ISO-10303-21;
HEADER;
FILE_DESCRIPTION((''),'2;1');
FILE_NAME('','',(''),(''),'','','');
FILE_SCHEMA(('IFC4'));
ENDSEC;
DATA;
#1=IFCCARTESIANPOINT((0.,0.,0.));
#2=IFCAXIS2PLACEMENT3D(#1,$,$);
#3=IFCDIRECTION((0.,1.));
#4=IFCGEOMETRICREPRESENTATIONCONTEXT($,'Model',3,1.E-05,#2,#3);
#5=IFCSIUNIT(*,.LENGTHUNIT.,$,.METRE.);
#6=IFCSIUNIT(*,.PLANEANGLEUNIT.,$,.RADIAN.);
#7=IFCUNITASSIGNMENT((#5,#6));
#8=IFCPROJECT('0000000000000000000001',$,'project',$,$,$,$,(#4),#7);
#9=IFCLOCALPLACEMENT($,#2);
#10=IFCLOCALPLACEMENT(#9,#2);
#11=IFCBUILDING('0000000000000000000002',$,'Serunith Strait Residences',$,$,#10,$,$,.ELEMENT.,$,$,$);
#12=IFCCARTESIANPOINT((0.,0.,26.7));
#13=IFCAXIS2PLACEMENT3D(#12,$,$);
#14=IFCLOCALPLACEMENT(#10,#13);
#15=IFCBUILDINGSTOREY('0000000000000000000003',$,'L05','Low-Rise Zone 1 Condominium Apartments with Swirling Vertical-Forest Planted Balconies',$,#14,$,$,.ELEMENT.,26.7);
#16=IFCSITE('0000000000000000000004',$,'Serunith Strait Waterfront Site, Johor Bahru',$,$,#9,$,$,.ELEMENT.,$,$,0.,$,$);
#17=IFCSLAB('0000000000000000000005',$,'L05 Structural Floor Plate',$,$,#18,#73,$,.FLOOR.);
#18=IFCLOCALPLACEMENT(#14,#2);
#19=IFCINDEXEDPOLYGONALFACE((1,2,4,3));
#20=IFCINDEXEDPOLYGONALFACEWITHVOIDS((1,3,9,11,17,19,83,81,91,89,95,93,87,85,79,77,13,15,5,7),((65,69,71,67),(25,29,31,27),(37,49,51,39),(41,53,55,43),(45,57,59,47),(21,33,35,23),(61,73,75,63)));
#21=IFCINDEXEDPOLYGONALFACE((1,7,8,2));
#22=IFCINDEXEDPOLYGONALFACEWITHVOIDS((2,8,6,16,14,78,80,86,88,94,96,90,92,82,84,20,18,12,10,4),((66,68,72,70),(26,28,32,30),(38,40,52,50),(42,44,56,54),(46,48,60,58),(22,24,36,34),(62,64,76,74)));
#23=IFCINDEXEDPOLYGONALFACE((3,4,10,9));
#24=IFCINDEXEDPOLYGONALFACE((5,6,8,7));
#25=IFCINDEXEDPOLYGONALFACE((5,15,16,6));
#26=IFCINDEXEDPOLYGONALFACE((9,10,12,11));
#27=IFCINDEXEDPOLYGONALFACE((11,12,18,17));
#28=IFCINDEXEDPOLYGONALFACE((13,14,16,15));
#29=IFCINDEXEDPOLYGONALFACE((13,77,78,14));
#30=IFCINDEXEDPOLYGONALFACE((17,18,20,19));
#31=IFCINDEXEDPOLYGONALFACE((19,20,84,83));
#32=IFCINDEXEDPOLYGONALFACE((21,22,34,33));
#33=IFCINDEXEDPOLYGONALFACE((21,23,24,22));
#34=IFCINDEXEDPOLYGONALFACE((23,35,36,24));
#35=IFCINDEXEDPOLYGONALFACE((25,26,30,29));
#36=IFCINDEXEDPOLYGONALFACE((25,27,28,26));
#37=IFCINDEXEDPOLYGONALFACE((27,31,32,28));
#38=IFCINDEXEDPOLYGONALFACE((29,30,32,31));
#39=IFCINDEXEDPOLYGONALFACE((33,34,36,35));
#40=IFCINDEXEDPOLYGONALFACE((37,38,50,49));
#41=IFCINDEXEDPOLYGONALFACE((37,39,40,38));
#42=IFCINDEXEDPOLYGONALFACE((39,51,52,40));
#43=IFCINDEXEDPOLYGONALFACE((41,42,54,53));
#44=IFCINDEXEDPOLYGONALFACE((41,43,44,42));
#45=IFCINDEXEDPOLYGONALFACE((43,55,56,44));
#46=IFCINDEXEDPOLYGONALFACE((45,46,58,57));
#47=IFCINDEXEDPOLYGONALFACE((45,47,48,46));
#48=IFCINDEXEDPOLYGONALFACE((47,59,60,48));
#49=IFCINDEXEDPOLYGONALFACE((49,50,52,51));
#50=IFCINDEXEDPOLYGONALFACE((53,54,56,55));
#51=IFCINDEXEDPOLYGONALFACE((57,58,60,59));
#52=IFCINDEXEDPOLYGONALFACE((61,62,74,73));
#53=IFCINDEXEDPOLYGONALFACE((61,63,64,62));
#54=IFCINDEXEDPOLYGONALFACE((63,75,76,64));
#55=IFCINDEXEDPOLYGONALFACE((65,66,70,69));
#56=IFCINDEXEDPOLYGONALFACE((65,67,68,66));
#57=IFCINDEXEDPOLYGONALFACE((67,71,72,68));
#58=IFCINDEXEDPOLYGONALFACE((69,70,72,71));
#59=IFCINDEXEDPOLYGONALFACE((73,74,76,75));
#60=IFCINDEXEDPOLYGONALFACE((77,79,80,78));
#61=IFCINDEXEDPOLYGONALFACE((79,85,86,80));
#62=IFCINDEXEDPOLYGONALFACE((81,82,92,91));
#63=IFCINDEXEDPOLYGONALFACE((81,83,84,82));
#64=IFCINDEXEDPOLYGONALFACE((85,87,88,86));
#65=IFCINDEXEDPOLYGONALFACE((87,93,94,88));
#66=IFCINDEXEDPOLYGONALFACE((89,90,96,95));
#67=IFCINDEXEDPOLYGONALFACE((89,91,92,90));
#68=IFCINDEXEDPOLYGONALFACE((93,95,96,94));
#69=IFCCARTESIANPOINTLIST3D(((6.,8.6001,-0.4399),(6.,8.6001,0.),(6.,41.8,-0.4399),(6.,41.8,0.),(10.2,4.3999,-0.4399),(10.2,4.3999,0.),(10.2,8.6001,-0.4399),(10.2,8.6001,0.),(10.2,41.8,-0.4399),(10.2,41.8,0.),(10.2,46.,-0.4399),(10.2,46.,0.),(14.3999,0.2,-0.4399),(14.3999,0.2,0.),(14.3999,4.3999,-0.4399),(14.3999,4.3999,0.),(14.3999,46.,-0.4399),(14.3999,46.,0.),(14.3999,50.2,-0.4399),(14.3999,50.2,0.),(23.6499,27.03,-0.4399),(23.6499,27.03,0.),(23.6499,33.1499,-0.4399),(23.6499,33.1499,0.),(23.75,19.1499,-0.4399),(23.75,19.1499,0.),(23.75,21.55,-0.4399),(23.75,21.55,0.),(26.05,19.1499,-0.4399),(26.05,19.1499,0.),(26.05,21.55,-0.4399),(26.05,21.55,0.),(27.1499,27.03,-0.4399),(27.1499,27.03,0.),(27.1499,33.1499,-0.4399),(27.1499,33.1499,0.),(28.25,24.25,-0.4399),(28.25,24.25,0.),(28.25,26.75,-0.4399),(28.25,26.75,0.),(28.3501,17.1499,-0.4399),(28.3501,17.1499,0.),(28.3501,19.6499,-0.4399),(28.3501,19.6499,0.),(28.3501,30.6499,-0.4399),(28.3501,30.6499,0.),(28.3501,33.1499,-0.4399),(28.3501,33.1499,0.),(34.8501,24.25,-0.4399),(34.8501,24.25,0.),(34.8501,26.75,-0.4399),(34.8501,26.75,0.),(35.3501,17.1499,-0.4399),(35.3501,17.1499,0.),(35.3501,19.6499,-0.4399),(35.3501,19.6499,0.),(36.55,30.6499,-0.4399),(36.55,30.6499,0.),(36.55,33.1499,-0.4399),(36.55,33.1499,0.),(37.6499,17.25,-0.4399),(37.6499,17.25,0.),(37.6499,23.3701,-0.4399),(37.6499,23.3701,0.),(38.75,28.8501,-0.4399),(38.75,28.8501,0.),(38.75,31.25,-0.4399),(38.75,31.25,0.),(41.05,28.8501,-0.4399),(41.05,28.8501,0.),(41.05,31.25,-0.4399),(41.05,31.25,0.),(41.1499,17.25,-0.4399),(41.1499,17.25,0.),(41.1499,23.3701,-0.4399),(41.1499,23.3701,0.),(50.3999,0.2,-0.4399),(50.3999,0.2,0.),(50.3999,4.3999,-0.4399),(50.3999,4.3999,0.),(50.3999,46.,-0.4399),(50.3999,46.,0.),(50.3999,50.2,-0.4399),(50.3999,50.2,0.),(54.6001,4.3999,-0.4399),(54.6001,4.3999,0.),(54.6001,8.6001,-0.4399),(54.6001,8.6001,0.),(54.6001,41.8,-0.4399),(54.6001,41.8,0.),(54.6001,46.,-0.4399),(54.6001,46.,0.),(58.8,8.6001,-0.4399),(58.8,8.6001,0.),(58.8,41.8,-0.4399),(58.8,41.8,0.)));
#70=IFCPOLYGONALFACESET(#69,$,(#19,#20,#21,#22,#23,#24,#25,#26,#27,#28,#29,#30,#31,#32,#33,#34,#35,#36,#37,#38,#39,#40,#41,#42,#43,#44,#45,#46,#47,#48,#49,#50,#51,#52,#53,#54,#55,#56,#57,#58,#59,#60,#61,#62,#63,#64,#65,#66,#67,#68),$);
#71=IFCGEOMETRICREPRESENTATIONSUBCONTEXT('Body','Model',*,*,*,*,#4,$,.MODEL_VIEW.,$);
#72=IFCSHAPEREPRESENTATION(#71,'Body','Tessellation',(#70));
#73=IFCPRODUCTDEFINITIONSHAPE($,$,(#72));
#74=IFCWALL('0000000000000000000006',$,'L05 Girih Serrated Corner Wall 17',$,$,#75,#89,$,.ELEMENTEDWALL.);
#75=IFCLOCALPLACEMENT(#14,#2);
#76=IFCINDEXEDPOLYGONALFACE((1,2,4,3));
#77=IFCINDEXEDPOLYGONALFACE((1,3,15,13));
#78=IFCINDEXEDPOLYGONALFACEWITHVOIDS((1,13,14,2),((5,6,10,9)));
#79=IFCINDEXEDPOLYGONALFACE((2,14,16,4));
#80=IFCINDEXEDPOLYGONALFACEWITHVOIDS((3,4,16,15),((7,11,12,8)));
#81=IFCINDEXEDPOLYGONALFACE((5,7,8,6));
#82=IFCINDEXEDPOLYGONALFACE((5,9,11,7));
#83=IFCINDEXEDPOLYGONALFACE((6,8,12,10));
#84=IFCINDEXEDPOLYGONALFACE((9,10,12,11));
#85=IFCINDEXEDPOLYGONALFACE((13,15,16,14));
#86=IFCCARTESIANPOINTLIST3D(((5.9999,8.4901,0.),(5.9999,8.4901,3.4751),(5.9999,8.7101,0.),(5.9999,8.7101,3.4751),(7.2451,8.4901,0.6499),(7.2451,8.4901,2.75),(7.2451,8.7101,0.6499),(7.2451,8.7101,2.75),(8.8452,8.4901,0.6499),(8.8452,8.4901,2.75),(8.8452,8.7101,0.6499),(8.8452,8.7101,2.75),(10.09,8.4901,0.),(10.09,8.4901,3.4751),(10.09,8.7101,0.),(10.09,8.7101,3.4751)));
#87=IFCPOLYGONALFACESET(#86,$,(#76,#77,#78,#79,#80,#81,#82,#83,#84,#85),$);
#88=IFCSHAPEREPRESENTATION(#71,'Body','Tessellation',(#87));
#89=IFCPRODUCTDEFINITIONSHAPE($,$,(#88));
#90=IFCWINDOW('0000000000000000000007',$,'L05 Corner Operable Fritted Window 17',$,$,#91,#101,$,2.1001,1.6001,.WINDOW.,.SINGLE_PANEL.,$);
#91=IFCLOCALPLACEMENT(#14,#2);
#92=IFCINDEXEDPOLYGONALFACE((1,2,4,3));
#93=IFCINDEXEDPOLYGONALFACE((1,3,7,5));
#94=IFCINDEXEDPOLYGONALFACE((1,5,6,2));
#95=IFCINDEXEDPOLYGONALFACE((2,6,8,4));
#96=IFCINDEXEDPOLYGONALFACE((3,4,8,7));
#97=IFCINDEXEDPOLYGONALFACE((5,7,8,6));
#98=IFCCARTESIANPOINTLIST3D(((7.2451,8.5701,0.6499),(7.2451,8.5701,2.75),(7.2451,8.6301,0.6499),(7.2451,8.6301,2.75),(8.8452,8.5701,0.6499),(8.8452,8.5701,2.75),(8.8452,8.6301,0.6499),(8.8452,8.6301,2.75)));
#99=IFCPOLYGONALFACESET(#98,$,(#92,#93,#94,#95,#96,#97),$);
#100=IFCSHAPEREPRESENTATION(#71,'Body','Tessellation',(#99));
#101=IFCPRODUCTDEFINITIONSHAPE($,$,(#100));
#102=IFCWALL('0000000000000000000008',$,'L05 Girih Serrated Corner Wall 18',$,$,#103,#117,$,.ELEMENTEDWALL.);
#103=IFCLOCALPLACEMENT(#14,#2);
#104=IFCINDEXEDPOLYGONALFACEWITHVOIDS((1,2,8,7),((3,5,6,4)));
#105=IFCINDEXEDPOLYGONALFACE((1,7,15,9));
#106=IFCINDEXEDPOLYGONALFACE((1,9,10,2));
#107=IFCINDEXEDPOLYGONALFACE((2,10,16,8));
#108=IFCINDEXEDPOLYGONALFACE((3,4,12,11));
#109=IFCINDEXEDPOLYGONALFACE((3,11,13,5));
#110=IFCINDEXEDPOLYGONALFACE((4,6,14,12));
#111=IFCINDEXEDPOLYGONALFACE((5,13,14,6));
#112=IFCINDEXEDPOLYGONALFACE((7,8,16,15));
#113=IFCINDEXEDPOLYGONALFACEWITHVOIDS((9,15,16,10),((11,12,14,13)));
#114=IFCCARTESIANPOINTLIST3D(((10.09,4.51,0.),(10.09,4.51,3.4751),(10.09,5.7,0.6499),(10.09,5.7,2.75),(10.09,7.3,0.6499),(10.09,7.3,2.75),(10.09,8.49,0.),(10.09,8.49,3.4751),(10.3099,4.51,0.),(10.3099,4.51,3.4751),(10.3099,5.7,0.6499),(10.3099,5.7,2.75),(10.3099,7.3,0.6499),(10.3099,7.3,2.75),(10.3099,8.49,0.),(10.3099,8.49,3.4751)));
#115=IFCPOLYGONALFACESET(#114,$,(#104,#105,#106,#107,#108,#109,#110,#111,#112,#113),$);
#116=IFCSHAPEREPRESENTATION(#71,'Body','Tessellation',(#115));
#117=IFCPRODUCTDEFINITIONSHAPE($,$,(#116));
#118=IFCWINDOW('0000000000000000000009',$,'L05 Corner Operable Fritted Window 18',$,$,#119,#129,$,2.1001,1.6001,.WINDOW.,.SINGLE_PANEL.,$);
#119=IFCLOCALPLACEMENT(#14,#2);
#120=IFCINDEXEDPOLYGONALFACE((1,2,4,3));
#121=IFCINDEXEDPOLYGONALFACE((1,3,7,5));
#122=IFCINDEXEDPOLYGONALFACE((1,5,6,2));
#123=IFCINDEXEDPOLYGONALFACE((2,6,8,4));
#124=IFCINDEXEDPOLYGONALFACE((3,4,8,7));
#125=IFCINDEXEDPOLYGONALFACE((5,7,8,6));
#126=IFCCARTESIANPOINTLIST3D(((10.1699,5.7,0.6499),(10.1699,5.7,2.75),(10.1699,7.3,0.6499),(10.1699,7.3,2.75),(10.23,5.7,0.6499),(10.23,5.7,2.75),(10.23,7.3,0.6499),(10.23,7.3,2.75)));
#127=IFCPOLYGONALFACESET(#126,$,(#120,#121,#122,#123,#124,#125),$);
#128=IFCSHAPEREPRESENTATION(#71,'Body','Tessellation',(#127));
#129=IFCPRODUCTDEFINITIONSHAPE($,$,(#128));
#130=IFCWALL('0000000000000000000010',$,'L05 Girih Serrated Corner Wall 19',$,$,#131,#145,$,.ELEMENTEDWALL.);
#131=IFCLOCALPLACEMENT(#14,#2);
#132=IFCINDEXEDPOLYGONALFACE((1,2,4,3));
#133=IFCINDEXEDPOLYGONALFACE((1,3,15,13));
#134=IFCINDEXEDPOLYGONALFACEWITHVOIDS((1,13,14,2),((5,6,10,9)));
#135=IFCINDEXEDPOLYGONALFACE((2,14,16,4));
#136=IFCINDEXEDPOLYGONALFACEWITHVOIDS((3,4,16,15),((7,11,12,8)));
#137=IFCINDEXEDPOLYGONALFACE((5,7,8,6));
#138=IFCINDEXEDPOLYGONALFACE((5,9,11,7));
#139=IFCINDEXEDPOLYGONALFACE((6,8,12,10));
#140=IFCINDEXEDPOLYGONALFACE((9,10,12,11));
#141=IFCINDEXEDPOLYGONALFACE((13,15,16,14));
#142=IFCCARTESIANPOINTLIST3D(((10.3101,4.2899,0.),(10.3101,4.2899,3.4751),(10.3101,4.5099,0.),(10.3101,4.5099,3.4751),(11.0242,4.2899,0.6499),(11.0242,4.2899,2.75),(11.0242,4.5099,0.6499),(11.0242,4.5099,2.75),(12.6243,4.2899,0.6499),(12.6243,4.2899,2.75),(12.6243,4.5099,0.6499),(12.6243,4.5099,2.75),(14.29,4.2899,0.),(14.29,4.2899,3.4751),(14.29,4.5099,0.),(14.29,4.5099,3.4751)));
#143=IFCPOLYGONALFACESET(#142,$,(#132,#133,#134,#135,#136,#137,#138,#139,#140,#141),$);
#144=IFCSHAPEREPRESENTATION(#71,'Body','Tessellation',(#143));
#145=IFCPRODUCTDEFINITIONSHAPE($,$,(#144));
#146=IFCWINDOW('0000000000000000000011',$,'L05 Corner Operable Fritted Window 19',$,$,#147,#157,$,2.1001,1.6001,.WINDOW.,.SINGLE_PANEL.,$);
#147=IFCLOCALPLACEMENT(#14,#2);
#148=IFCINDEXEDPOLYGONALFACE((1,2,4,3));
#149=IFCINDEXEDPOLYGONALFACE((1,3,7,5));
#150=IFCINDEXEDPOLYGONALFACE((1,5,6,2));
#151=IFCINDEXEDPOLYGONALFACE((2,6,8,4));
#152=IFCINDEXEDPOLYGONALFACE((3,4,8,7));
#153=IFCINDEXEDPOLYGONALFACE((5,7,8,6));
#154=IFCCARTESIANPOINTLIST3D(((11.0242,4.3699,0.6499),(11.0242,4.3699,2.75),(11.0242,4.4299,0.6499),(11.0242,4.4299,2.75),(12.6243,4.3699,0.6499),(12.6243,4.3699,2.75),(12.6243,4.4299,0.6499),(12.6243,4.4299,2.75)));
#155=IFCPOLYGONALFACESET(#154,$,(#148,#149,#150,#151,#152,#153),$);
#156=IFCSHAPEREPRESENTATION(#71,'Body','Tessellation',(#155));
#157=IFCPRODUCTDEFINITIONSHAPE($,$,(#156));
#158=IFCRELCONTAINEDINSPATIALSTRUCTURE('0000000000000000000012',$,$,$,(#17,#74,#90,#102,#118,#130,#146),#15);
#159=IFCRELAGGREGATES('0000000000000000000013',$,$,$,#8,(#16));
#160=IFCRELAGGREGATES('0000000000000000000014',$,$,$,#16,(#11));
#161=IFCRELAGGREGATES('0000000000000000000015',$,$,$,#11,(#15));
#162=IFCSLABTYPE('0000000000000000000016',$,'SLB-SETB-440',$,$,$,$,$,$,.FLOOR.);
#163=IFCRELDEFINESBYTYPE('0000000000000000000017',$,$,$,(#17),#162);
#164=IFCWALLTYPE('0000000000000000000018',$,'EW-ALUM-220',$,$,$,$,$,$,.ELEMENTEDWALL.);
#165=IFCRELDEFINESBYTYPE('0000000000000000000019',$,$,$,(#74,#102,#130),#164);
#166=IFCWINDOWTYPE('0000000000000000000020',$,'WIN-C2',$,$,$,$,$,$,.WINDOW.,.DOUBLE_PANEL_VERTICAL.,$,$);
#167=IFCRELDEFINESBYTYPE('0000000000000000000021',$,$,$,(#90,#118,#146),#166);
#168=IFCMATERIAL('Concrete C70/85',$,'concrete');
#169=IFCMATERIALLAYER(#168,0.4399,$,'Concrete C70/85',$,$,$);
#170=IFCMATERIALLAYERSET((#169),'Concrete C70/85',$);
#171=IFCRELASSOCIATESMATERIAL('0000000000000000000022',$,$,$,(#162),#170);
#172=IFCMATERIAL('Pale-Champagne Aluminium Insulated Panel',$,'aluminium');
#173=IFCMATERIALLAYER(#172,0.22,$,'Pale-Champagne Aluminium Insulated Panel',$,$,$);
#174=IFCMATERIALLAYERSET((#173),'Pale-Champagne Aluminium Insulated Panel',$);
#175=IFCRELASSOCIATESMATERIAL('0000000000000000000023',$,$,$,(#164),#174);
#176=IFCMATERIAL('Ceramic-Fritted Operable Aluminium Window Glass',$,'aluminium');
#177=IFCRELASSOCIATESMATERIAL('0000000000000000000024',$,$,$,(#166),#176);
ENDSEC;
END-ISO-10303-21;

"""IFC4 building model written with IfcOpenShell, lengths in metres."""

from ifc_helpers import new_model, si_unit, direction, frame, frame_2d, origin, place, context, subcontext, project, spatial, polyline, rectangle, outline, extrude, source, transform, mapped, material, layer, layer_set, type_object, element, fill, save


model = new_model("IFC4")

# Units and contexts
model_context = context("Model", 3, precision=1e-05, world=origin(), true_north=direction((0.0, 1.0)))
body_context = subcontext(model_context, "Body", "Model", "MODEL_VIEW")
ifc_project = project(units=[si_unit("LENGTHUNIT", "METRE"), si_unit("PLANEANGLEUNIT", "RADIAN")], contexts=[model_context])

# Site, building, storey
site_placement = place(None, origin())
site = spatial("IfcSite", under=ifc_project, at=site_placement, Name="Serunith Strait Waterfront Site, Johor Bahru", CompositionType="ELEMENT", RefElevation=0.0)
building_placement = place(site_placement, origin())
building = spatial("IfcBuilding", under=site, at=building_placement, Name="Serunith Strait Residences", CompositionType="ELEMENT")
storey_placement = place(building_placement, frame((0.0, 0.0, 26.7)))
storey = spatial("IfcBuildingStorey", under=building, at=storey_placement, Name="L05", Description="Low-Rise Zone 1 Condominium Apartments with Swirling Vertical-Forest Planted Balconies", CompositionType="ELEMENT", Elevation=26.7)

# Slab
ifc_material_1 = material(Name="Concrete C70/85", Category="concrete")
ifc_layer_1 = layer(ifc_material_1, 0.4399, Name="Concrete C70/85")
ifc_layer_set_1 = layer_set([ifc_layer_1], Name="Concrete C70/85")
slab_type_1 = type_object("IfcSlabType", Name="SLB-SETB-440", PredefinedType="FLOOR", material=ifc_layer_set_1)
slab_1_placement = place(storey_placement, frame((0.0, 0.0, -0.4399)))
element("IfcSlab", 1, at=slab_1_placement, inside=storey, type_object=slab_type_1, Name="L05 Structural Floor Plate", PredefinedType="FLOOR", context=body_context, shape_type="SweptSolid", body=[
    extrude(outline(polyline([(14.3999, 4.3999), (10.2, 4.3999), (10.2, 8.6001), (6.0, 8.6001), (6.0, 41.8), (10.2, 41.8), (10.2, 46.0), (14.3999, 46.0), (14.3999, 50.2), (50.3999, 50.2), (50.3999, 46.0), (54.6001, 46.0), (54.6001, 41.8), (58.8, 41.8), (58.8, 8.6001), (54.6001, 8.6001), (54.6001, 4.3999), (50.3999, 4.3999), (50.3999, 0.2), (14.3999, 0.2), (14.3999, 4.3999)]), holes=[polyline([(41.1499, 17.25), (41.1499, 23.3701), (37.6499, 23.3701), (37.6499, 17.25), (41.1499, 17.25)]), polyline([(41.05, 31.25), (38.75, 31.25), (38.75, 28.8501), (41.05, 28.8501), (41.05, 31.25)]), polyline([(36.55, 33.1499), (28.3501, 33.1499), (28.3501, 30.6499), (36.55, 30.6499), (36.55, 33.1499)]), polyline([(28.3501, 19.6499), (28.3501, 17.1499), (35.3501, 17.1499), (35.3501, 19.6499), (28.3501, 19.6499)]), polyline([(34.8501, 26.75), (28.25, 26.75), (28.25, 24.25), (34.8501, 24.25), (34.8501, 26.75)]), polyline([(23.6499, 33.1499), (23.6499, 27.03), (27.1499, 27.03), (27.1499, 33.1499), (23.6499, 33.1499)]), polyline([(26.05, 21.55), (23.75, 21.55), (23.75, 19.1499), (26.05, 19.1499), (26.05, 21.55)])]), origin(), (0.0, 0.0, 1.0), 0.4399),
])

# Walls, openings, windows
ifc_material_2 = material(Name="Pale-Champagne Aluminium Insulated Panel", Category="aluminium")
ifc_layer_2 = layer(ifc_material_2, 0.22, Name="Pale-Champagne Aluminium Insulated Panel")
ifc_layer_set_2 = layer_set([ifc_layer_2], Name="Pale-Champagne Aluminium Insulated Panel")
wall_type_1 = type_object("IfcWallType", Name="EW-ALUM-220", PredefinedType="ELEMENTEDWALL", material=ifc_layer_set_2)
wall_1_placement = place(storey_placement, frame((6.0, 8.6001, 0.0), z_axis=(0.0, 0.0, 1.0), x_axis=(1.0, 0.0, 0.0)))
wall_1 = element("IfcWall", 2, at=wall_1_placement, inside=storey, type_object=wall_type_1, Name="L05 Girih Serrated Corner Wall 17", PredefinedType="ELEMENTEDWALL", context=body_context, shape_type="SweptSolid", body=[
    extrude(rectangle(XDim=4.0901, YDim=0.22, at=frame_2d((2.0449, 0.0))), origin(), (0.0, 0.0, 1.0), 3.4751),
])
opening_1_placement = place(wall_1_placement, frame((1.2451, 0.0, 0.6499)))
opening_1 = element("IfcOpeningElement", 3, at=opening_1_placement, cuts=wall_1, PredefinedType="OPENING", context=body_context, shape_type="SweptSolid", body=[
    extrude(rectangle(XDim=1.6001, YDim=2.1001, at=frame_2d((0.8, 1.05))), frame((0.0, 0.1201, 0.0), z_axis=(0.0, -1.0, 0.0), x_axis=(1.0, 0.0, 0.0)), (0.0, 0.0, 1.0), 0.24),
])
ifc_material_3 = material(Name="Ceramic-Fritted Operable Aluminium Window Glass", Category="aluminium")
window_type = type_object("IfcWindowType", Name="WIN-C2", PartitioningType="DOUBLE_PANEL_VERTICAL", PredefinedType="WINDOW", material=ifc_material_3)
shared_shape_1 = source(origin(), body_context, "Body", "SweptSolid", [
    extrude(rectangle(XDim=1.6001, YDim=2.1001, at=frame_2d((0.8, 1.05))), frame((0.0, 0.03, 0.0), z_axis=(0.0, -1.0, 0.0), x_axis=(1.0, 0.0, 0.0)), (0.0, 0.0, 1.0), 0.0601),
])
window_1_placement = place(opening_1_placement, origin())
window_1 = element("IfcWindow", 4, at=window_1_placement, inside=storey, type_object=window_type, Name="L05 Corner Operable Fritted Window 17", OverallHeight=2.1001, OverallWidth=1.6001, PartitioningType="SINGLE_PANEL", PredefinedType="WINDOW", context=body_context, shape_type="MappedRepresentation", body=[
    mapped(shared_shape_1, transform((0.0, 0.0, 0.0), scale=1.0)),
])
fill(opening_1, window_1)
wall_2_placement = place(storey_placement, frame((10.2, 8.49, 0.0), z_axis=(0.0, 0.0, 1.0), x_axis=(0.0, -1.0, 0.0)))
wall_2 = element("IfcWall", 5, at=wall_2_placement, inside=storey, type_object=wall_type_1, Name="L05 Girih Serrated Corner Wall 18", PredefinedType="ELEMENTEDWALL", context=body_context, shape_type="SweptSolid", body=[
    extrude(rectangle(XDim=3.98, YDim=0.22, at=frame_2d((1.99, 0.0))), origin(), (0.0, 0.0, 1.0), 3.4751),
])
opening_2_placement = place(wall_2_placement, frame((1.1899, 0.0, 0.6499)))
opening_2 = element("IfcOpeningElement", 6, at=opening_2_placement, cuts=wall_2, PredefinedType="OPENING", context=body_context, shape_type="SweptSolid", body=[
    extrude(rectangle(XDim=1.6001, YDim=2.1001, at=frame_2d((0.8, 1.05))), frame((0.0, 0.1201, 0.0), z_axis=(0.0, -1.0, 0.0), x_axis=(1.0, 0.0, 0.0)), (0.0, 0.0, 1.0), 0.24),
])
window_2_placement = place(opening_2_placement, origin())
window_2 = element("IfcWindow", 7, at=window_2_placement, inside=storey, type_object=window_type, Name="L05 Corner Operable Fritted Window 18", OverallHeight=2.1001, OverallWidth=1.6001, PartitioningType="SINGLE_PANEL", PredefinedType="WINDOW", context=body_context, shape_type="MappedRepresentation", body=[
    mapped(shared_shape_1, transform((0.0, 0.0, 0.0), scale=1.0)),
])
fill(opening_2, window_2)
wall_3_placement = place(storey_placement, frame((10.3101, 4.3999, 0.0), z_axis=(0.0, 0.0, 1.0), x_axis=(1.0, 0.0, 0.0)))
wall_3 = element("IfcWall", 8, at=wall_3_placement, inside=storey, type_object=wall_type_1, Name="L05 Girih Serrated Corner Wall 19", PredefinedType="ELEMENTEDWALL", context=body_context, shape_type="SweptSolid", body=[
    extrude(rectangle(XDim=3.98, YDim=0.22, at=frame_2d((1.99, 0.0))), origin(), (0.0, 0.0, 1.0), 3.4751),
])
opening_3_placement = place(wall_3_placement, frame((0.7141, 0.0, 0.6499)))
opening_3 = element("IfcOpeningElement", 9, at=opening_3_placement, cuts=wall_3, PredefinedType="OPENING", context=body_context, shape_type="SweptSolid", body=[
    extrude(rectangle(XDim=1.6001, YDim=2.1001, at=frame_2d((0.8, 1.05))), frame((0.0, 0.1201, 0.0), z_axis=(0.0, -1.0, 0.0), x_axis=(1.0, 0.0, 0.0)), (0.0, 0.0, 1.0), 0.24),
])
window_3_placement = place(opening_3_placement, origin())
window_3 = element("IfcWindow", 10, at=window_3_placement, inside=storey, type_object=window_type, Name="L05 Corner Operable Fritted Window 19", OverallHeight=2.1001, OverallWidth=1.6001, PartitioningType="SINGLE_PANEL", PredefinedType="WINDOW", context=body_context, shape_type="MappedRepresentation", body=[
    mapped(shared_shape_1, transform((0.0, 0.0, 0.0), scale=1.0)),
])
fill(opening_3, window_3)

save(model, "model.ifc")
